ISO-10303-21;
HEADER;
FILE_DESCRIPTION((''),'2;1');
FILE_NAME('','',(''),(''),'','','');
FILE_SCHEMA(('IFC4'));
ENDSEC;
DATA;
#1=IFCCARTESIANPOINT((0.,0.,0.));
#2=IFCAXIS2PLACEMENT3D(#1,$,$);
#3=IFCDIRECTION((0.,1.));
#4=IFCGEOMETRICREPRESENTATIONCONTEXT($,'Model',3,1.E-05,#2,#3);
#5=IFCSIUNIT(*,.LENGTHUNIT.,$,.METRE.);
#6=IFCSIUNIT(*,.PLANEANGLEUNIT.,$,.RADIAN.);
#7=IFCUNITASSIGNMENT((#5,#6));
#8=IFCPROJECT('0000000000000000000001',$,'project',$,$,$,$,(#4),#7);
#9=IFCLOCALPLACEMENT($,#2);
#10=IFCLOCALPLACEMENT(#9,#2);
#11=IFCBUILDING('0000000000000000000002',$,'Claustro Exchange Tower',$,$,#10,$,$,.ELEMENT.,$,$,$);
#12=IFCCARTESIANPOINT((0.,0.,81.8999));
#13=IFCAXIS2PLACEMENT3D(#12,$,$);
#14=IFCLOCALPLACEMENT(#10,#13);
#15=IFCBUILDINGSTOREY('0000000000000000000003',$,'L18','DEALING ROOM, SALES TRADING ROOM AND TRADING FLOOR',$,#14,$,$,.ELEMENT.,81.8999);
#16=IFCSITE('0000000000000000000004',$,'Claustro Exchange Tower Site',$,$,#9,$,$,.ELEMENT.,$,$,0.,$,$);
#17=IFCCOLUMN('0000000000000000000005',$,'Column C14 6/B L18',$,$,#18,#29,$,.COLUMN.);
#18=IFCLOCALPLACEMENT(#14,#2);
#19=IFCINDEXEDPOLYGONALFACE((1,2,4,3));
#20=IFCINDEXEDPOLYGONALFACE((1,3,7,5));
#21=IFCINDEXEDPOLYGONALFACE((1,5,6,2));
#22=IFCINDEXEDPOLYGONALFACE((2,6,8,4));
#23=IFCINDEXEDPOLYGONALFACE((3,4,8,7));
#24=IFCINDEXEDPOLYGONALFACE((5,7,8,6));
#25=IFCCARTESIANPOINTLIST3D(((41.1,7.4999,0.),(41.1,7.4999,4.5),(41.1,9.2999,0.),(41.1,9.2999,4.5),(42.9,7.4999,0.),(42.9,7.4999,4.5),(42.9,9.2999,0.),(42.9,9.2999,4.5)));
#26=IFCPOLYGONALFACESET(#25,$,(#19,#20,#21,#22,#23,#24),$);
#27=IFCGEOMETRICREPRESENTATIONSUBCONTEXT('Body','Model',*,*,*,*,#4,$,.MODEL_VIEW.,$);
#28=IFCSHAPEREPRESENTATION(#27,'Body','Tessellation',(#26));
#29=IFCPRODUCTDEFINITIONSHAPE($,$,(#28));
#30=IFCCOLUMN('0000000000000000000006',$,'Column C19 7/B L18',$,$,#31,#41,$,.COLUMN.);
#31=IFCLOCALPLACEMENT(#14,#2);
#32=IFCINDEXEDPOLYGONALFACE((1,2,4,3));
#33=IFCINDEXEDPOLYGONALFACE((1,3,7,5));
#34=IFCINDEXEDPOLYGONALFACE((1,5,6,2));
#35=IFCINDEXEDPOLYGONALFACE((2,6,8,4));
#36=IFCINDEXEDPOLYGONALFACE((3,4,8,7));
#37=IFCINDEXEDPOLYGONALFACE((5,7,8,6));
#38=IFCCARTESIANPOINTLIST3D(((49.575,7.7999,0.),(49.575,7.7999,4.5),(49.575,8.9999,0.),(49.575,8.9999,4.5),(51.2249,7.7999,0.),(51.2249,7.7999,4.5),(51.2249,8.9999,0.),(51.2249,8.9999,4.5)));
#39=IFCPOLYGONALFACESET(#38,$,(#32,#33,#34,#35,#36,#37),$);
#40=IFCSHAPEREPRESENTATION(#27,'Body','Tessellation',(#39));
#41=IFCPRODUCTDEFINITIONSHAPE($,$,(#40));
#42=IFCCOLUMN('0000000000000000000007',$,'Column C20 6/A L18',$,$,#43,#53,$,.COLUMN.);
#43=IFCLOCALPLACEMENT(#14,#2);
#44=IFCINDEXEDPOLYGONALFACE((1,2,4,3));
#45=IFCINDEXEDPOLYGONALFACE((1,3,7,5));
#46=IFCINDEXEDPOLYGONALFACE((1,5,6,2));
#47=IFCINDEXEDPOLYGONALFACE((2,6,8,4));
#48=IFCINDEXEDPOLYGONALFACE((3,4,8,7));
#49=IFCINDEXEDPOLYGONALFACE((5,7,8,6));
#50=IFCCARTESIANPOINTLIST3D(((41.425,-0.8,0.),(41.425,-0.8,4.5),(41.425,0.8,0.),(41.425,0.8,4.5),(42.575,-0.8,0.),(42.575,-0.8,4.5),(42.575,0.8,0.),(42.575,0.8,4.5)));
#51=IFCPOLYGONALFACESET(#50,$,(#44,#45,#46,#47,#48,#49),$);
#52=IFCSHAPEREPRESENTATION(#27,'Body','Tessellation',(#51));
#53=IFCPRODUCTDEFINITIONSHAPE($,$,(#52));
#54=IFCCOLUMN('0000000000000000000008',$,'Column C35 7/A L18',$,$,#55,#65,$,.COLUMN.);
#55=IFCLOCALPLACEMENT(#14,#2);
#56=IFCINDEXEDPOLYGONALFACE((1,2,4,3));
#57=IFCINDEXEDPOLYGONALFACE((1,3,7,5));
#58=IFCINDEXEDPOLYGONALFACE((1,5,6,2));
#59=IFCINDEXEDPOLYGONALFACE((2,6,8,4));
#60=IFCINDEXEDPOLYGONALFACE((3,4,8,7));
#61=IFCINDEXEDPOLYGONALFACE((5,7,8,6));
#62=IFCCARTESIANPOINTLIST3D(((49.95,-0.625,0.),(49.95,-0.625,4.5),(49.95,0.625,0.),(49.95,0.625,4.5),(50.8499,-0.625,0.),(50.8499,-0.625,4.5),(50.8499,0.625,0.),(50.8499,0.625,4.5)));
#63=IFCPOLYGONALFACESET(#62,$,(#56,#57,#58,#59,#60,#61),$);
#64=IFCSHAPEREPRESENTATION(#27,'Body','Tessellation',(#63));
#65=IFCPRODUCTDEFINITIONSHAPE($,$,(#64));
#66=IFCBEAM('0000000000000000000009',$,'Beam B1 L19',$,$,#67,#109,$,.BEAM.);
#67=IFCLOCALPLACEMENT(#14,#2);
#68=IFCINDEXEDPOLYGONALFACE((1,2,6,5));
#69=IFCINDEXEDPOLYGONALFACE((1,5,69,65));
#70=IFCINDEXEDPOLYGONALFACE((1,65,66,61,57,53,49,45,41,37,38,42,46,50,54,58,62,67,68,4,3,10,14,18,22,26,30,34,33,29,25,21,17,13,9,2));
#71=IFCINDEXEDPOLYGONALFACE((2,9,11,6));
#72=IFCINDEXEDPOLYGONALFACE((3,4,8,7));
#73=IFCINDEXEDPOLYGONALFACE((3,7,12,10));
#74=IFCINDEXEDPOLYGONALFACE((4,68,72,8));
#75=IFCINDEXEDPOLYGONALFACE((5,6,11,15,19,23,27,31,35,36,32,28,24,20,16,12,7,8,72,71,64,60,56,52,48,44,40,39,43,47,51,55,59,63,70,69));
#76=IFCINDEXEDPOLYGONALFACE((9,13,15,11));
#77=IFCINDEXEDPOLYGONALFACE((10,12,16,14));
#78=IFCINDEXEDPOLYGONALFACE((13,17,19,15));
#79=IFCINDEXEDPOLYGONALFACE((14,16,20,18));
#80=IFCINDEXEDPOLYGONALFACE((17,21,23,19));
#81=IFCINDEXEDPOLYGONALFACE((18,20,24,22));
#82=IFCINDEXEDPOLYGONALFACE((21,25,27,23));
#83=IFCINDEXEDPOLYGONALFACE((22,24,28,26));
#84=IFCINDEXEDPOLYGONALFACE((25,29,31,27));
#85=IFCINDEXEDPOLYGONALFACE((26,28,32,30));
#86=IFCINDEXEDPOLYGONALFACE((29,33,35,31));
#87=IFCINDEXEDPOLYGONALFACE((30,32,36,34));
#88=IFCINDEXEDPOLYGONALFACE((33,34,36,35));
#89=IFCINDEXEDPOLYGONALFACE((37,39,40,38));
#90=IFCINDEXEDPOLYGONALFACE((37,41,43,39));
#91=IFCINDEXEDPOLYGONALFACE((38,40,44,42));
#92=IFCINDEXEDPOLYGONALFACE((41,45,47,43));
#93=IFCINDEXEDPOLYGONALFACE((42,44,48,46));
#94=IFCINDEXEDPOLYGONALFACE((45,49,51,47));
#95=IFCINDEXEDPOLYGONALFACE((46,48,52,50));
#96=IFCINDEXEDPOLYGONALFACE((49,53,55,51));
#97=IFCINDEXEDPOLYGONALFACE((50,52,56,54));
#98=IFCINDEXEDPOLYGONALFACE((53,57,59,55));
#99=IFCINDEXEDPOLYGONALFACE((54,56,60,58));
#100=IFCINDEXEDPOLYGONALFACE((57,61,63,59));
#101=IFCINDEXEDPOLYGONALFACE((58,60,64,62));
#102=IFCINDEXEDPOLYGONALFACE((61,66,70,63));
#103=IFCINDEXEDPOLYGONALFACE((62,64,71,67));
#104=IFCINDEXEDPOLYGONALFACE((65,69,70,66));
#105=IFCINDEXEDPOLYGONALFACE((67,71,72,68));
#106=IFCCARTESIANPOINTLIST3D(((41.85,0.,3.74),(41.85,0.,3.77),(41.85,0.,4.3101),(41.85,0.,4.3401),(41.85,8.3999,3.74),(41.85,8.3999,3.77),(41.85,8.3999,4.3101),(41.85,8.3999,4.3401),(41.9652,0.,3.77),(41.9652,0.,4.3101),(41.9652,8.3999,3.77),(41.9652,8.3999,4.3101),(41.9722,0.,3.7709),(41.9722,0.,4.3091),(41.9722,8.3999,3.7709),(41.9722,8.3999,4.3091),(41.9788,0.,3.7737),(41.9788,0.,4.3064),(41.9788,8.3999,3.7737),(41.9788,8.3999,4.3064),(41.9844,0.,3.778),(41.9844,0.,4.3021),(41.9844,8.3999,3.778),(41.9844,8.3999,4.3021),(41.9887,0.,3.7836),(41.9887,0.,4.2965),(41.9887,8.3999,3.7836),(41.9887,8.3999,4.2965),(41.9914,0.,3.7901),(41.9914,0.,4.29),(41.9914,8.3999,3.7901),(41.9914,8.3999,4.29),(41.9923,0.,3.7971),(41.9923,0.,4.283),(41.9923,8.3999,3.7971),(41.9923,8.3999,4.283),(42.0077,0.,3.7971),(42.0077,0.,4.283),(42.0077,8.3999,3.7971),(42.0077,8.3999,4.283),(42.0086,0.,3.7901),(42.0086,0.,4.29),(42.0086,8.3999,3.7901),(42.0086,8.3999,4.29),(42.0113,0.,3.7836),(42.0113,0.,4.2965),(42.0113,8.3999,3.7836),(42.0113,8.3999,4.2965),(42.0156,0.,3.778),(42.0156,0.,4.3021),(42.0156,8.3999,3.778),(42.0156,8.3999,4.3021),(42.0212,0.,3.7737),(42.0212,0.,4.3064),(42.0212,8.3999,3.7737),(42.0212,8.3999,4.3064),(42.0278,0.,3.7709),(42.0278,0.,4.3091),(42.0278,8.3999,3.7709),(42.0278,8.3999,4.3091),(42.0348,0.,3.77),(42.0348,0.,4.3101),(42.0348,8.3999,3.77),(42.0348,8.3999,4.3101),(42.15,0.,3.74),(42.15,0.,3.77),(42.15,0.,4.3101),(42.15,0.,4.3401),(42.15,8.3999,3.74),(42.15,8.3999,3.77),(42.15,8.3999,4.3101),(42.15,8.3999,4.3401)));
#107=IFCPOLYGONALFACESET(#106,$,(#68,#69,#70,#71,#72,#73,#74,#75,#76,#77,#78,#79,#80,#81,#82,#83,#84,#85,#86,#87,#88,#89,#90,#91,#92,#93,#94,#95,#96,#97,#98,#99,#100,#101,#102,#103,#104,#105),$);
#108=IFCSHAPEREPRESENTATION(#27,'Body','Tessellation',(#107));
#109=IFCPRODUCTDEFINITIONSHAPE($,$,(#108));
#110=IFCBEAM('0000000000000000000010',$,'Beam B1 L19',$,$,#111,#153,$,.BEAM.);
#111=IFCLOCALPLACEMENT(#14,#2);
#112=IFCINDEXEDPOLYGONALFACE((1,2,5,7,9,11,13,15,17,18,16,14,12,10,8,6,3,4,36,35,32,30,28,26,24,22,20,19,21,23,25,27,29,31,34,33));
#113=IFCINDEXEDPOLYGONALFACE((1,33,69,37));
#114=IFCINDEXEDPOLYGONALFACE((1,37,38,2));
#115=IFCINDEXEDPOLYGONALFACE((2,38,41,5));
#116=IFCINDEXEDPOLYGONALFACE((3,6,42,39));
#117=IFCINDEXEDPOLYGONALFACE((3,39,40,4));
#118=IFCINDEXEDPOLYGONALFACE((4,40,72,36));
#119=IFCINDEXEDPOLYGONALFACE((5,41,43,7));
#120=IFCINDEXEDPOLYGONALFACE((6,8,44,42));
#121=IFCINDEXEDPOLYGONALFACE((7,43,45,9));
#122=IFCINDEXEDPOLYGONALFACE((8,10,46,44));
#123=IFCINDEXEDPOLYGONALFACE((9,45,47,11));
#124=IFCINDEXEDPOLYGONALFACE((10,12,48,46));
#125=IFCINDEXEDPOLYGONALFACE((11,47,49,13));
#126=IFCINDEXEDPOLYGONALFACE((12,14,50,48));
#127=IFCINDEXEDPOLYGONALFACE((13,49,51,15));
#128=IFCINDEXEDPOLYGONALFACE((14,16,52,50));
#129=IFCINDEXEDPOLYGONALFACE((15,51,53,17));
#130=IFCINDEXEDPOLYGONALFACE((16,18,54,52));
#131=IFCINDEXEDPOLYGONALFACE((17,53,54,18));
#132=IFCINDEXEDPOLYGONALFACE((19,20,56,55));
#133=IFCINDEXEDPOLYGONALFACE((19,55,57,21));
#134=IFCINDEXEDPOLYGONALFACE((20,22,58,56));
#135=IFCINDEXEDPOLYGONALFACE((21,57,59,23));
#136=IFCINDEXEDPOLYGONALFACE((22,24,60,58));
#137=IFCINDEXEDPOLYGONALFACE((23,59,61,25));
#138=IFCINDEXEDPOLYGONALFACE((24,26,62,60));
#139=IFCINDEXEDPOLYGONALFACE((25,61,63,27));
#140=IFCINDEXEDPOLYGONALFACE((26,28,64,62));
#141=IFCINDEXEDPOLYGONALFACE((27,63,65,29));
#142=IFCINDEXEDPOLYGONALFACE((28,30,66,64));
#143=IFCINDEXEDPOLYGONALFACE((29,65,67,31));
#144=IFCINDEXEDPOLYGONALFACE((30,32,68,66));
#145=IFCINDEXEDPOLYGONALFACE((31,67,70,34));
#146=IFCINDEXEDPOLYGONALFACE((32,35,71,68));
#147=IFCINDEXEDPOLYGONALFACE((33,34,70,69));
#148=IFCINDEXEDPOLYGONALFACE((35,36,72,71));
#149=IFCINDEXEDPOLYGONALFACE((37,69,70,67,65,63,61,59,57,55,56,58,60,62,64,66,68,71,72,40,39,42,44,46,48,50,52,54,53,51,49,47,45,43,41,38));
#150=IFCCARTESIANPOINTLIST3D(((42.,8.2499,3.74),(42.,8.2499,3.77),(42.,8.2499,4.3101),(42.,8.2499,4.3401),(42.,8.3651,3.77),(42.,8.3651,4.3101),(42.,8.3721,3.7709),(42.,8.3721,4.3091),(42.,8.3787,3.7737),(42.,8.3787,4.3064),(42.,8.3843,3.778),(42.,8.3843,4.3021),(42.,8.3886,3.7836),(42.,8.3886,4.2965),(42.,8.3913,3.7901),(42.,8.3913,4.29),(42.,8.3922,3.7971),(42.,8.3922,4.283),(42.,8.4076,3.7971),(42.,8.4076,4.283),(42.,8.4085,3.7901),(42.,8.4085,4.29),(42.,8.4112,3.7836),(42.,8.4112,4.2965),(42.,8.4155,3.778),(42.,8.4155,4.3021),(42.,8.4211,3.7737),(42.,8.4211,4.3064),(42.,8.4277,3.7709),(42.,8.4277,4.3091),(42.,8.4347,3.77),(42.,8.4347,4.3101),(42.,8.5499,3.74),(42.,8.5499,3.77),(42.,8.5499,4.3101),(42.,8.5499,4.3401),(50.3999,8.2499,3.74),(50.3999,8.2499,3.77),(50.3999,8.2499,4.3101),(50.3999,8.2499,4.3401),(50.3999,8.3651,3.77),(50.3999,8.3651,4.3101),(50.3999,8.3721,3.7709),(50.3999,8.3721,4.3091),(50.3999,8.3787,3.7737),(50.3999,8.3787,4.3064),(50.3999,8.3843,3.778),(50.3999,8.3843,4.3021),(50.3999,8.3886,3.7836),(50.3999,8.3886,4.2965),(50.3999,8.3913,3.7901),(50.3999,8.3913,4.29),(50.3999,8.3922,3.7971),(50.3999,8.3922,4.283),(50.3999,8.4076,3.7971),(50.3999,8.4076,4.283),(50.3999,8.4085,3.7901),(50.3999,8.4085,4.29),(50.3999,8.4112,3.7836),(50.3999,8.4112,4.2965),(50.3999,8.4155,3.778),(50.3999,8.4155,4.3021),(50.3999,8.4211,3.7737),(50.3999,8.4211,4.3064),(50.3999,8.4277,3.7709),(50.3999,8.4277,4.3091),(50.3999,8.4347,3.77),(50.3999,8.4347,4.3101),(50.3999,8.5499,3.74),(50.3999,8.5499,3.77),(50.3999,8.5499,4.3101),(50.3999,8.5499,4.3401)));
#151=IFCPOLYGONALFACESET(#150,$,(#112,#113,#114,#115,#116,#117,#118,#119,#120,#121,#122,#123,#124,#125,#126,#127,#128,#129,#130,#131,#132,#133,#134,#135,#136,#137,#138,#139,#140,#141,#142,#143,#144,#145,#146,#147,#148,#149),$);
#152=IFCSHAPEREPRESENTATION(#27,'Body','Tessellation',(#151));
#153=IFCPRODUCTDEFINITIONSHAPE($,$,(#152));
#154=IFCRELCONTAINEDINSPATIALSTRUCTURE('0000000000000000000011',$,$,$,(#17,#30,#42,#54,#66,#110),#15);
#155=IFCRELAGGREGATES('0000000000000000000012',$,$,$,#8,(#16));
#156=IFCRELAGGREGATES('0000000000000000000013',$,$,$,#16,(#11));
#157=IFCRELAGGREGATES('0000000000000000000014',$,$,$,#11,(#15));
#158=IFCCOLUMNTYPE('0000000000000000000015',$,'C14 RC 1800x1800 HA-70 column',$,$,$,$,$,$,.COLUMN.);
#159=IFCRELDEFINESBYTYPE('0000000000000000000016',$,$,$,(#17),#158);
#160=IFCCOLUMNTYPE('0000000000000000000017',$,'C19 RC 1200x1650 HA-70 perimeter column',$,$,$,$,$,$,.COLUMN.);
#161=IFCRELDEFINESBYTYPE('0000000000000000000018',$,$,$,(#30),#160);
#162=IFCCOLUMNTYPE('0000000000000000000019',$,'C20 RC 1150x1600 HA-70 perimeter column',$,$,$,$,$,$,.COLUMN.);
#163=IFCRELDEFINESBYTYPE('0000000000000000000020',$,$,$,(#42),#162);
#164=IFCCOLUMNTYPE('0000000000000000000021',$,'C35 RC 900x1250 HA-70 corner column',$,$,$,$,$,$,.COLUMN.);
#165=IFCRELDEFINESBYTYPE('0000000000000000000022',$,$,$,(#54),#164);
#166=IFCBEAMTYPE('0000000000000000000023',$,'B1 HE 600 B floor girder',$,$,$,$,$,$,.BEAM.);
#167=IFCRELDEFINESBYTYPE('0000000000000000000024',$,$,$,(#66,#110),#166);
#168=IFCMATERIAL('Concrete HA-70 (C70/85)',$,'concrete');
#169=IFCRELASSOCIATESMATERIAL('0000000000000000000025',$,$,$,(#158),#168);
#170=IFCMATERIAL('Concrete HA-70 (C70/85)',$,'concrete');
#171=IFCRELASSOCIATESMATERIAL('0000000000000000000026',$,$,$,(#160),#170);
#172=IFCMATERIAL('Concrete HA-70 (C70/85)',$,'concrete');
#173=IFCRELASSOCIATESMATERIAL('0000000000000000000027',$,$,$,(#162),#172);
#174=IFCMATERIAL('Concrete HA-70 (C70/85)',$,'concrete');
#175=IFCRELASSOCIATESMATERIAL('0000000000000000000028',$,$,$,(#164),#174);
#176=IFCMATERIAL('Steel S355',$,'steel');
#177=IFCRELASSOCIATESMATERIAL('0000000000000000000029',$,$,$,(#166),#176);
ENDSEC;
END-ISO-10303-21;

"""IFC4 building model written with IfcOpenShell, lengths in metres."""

from ifc_helpers import new_model, si_unit, direction, frame, origin, origin_2d, place, context, subcontext, project, spatial, rectangle, i_section, extrude, material, material_profile, profile_set, type_object, element, save


model = new_model("IFC4")

# Units and contexts
model_context = context("Model", 3, precision=1e-05, world=origin(), true_north=direction((0.0, 1.0)))
body_context = subcontext(model_context, "Body", "Model", "MODEL_VIEW")
ifc_project = project(units=[si_unit("LENGTHUNIT", "METRE"), si_unit("PLANEANGLEUNIT", "RADIAN")], contexts=[model_context])

# Site, building, storey
site_placement = place(None, origin())
site = spatial("IfcSite", under=ifc_project, at=site_placement, Name="Claustro Exchange Tower Site", CompositionType="ELEMENT", RefElevation=0.0)
building_placement = place(site_placement, origin())
building = spatial("IfcBuilding", under=site, at=building_placement, Name="Claustro Exchange Tower", CompositionType="ELEMENT")
storey_placement = place(building_placement, frame((0.0, 0.0, 81.8999)))
storey = spatial("IfcBuildingStorey", under=building, at=storey_placement, Name="L18", Description="DEALING ROOM, SALES TRADING ROOM AND TRADING FLOOR", CompositionType="ELEMENT", Elevation=81.8999)

# Columns
ifc_material_1 = material(Name="Concrete HA-70 (C70/85)", Category="concrete")
ifc_material_profile_1 = material_profile(ifc_material_1, rectangle(XDim=1.8, YDim=1.8, at=origin_2d()), Name="RC 1800x1800")
ifc_profile_set_1 = profile_set([ifc_material_profile_1], Name="Concrete HA-70 (C70/85)")
column_type_1 = type_object("IfcColumnType", Name="C14 RC 1800x1800 HA-70 column", PredefinedType="COLUMN", material=ifc_profile_set_1)
column_1_placement = place(storey_placement, frame((42.0, 8.3999, 0.0), z_axis=(0.0, 0.0, 1.0), x_axis=(1.0, 0.0, 0.0)))
element("IfcColumn", 1, at=column_1_placement, inside=storey, type_object=column_type_1, Name="Column C14 6/B L18", PredefinedType="COLUMN", context=body_context, shape_type="SweptSolid", body=[
    extrude(rectangle(XDim=1.8, YDim=1.8, at=origin_2d()), origin(), (0.0, 0.0, 1.0), 4.5),
])
ifc_material_2 = material(Name="Concrete HA-70 (C70/85)", Category="concrete")
ifc_material_profile_2 = material_profile(ifc_material_2, rectangle(XDim=1.2, YDim=1.6499, at=origin_2d()), Name="RC 1200x1650")
ifc_profile_set_2 = profile_set([ifc_material_profile_2], Name="Concrete HA-70 (C70/85)")
column_type_2 = type_object("IfcColumnType", Name="C19 RC 1200x1650 HA-70 perimeter column", PredefinedType="COLUMN", material=ifc_profile_set_2)
column_2_placement = place(storey_placement, frame((50.3999, 8.3999, 0.0), z_axis=(0.0, 0.0, 1.0), x_axis=(0.0, 1.0, 0.0)))
element("IfcColumn", 2, at=column_2_placement, inside=storey, type_object=column_type_2, Name="Column C19 7/B L18", PredefinedType="COLUMN", context=body_context, shape_type="SweptSolid", body=[
    extrude(rectangle(XDim=1.2, YDim=1.6499, at=origin_2d()), origin(), (0.0, 0.0, 1.0), 4.5),
])
ifc_material_3 = material(Name="Concrete HA-70 (C70/85)", Category="concrete")
ifc_material_profile_3 = material_profile(ifc_material_3, rectangle(XDim=1.1499, YDim=1.6001, at=origin_2d()), Name="RC 1150x1600")
ifc_profile_set_3 = profile_set([ifc_material_profile_3], Name="Concrete HA-70 (C70/85)")
column_type_3 = type_object("IfcColumnType", Name="C20 RC 1150x1600 HA-70 perimeter column", PredefinedType="COLUMN", material=ifc_profile_set_3)
column_3_placement = place(storey_placement, frame((42.0, 0.0, 0.0), z_axis=(0.0, 0.0, 1.0), x_axis=(1.0, 0.0, 0.0)))
element("IfcColumn", 3, at=column_3_placement, inside=storey, type_object=column_type_3, Name="Column C20 6/A L18", PredefinedType="COLUMN", context=body_context, shape_type="SweptSolid", body=[
    extrude(rectangle(XDim=1.1499, YDim=1.6001, at=origin_2d()), origin(), (0.0, 0.0, 1.0), 4.5),
])
ifc_material_4 = material(Name="Concrete HA-70 (C70/85)", Category="concrete")
ifc_material_profile_4 = material_profile(ifc_material_4, rectangle(XDim=0.8999, YDim=1.25, at=origin_2d()), Name="RC 900x1250")
ifc_profile_set_4 = profile_set([ifc_material_profile_4], Name="Concrete HA-70 (C70/85)")
column_type_4 = type_object("IfcColumnType", Name="C35 RC 900x1250 HA-70 corner column", PredefinedType="COLUMN", material=ifc_profile_set_4)
column_4_placement = place(storey_placement, frame((50.3999, 0.0, 0.0), z_axis=(0.0, 0.0, 1.0), x_axis=(1.0, 0.0, 0.0)))
element("IfcColumn", 4, at=column_4_placement, inside=storey, type_object=column_type_4, Name="Column C35 7/A L18", PredefinedType="COLUMN", context=body_context, shape_type="SweptSolid", body=[
    extrude(rectangle(XDim=0.8999, YDim=1.25, at=origin_2d()), origin(), (0.0, 0.0, 1.0), 4.5),
])

# Beams
ifc_material_5 = material(Name="Steel S355", Category="steel")
ifc_material_profile_5 = material_profile(ifc_material_5, i_section(OverallWidth=0.3, OverallDepth=0.6001, WebThickness=0.0154, FlangeThickness=0.03, FilletRadius=0.0271, at=origin_2d()), Name="HE 600 B")
ifc_profile_set_5 = profile_set([ifc_material_profile_5], Name="Steel S355")
beam_type_1 = type_object("IfcBeamType", Name="B1 HE 600 B floor girder", PredefinedType="BEAM", material=ifc_profile_set_5)
for number, where, z_axis, x_axis, name in (
    (5, (42.0, 0.0, 4.04), (0.0, 1.0, 0.0), (-1.0, 0.0, 0.0), "Beam B1 L19"),
    (6, (42.0, 8.3999, 4.04), (1.0, 0.0, 0.0), (0.0, 1.0, 0.0), "Beam B1 L19"),
):
    element("IfcBeam", number, at=place(storey_placement, frame(where, z_axis=z_axis, x_axis=x_axis)), inside=storey, type_object=beam_type_1, Name=name, PredefinedType="BEAM", context=body_context, shape_type="SweptSolid", body=[
        extrude(i_section(OverallWidth=0.3, OverallDepth=0.6001, WebThickness=0.0154, FlangeThickness=0.03, FilletRadius=0.0271, at=origin_2d()), origin(), (0.0, 0.0, 1.0), 8.3999),
    ])

save(model, "model.ifc")
